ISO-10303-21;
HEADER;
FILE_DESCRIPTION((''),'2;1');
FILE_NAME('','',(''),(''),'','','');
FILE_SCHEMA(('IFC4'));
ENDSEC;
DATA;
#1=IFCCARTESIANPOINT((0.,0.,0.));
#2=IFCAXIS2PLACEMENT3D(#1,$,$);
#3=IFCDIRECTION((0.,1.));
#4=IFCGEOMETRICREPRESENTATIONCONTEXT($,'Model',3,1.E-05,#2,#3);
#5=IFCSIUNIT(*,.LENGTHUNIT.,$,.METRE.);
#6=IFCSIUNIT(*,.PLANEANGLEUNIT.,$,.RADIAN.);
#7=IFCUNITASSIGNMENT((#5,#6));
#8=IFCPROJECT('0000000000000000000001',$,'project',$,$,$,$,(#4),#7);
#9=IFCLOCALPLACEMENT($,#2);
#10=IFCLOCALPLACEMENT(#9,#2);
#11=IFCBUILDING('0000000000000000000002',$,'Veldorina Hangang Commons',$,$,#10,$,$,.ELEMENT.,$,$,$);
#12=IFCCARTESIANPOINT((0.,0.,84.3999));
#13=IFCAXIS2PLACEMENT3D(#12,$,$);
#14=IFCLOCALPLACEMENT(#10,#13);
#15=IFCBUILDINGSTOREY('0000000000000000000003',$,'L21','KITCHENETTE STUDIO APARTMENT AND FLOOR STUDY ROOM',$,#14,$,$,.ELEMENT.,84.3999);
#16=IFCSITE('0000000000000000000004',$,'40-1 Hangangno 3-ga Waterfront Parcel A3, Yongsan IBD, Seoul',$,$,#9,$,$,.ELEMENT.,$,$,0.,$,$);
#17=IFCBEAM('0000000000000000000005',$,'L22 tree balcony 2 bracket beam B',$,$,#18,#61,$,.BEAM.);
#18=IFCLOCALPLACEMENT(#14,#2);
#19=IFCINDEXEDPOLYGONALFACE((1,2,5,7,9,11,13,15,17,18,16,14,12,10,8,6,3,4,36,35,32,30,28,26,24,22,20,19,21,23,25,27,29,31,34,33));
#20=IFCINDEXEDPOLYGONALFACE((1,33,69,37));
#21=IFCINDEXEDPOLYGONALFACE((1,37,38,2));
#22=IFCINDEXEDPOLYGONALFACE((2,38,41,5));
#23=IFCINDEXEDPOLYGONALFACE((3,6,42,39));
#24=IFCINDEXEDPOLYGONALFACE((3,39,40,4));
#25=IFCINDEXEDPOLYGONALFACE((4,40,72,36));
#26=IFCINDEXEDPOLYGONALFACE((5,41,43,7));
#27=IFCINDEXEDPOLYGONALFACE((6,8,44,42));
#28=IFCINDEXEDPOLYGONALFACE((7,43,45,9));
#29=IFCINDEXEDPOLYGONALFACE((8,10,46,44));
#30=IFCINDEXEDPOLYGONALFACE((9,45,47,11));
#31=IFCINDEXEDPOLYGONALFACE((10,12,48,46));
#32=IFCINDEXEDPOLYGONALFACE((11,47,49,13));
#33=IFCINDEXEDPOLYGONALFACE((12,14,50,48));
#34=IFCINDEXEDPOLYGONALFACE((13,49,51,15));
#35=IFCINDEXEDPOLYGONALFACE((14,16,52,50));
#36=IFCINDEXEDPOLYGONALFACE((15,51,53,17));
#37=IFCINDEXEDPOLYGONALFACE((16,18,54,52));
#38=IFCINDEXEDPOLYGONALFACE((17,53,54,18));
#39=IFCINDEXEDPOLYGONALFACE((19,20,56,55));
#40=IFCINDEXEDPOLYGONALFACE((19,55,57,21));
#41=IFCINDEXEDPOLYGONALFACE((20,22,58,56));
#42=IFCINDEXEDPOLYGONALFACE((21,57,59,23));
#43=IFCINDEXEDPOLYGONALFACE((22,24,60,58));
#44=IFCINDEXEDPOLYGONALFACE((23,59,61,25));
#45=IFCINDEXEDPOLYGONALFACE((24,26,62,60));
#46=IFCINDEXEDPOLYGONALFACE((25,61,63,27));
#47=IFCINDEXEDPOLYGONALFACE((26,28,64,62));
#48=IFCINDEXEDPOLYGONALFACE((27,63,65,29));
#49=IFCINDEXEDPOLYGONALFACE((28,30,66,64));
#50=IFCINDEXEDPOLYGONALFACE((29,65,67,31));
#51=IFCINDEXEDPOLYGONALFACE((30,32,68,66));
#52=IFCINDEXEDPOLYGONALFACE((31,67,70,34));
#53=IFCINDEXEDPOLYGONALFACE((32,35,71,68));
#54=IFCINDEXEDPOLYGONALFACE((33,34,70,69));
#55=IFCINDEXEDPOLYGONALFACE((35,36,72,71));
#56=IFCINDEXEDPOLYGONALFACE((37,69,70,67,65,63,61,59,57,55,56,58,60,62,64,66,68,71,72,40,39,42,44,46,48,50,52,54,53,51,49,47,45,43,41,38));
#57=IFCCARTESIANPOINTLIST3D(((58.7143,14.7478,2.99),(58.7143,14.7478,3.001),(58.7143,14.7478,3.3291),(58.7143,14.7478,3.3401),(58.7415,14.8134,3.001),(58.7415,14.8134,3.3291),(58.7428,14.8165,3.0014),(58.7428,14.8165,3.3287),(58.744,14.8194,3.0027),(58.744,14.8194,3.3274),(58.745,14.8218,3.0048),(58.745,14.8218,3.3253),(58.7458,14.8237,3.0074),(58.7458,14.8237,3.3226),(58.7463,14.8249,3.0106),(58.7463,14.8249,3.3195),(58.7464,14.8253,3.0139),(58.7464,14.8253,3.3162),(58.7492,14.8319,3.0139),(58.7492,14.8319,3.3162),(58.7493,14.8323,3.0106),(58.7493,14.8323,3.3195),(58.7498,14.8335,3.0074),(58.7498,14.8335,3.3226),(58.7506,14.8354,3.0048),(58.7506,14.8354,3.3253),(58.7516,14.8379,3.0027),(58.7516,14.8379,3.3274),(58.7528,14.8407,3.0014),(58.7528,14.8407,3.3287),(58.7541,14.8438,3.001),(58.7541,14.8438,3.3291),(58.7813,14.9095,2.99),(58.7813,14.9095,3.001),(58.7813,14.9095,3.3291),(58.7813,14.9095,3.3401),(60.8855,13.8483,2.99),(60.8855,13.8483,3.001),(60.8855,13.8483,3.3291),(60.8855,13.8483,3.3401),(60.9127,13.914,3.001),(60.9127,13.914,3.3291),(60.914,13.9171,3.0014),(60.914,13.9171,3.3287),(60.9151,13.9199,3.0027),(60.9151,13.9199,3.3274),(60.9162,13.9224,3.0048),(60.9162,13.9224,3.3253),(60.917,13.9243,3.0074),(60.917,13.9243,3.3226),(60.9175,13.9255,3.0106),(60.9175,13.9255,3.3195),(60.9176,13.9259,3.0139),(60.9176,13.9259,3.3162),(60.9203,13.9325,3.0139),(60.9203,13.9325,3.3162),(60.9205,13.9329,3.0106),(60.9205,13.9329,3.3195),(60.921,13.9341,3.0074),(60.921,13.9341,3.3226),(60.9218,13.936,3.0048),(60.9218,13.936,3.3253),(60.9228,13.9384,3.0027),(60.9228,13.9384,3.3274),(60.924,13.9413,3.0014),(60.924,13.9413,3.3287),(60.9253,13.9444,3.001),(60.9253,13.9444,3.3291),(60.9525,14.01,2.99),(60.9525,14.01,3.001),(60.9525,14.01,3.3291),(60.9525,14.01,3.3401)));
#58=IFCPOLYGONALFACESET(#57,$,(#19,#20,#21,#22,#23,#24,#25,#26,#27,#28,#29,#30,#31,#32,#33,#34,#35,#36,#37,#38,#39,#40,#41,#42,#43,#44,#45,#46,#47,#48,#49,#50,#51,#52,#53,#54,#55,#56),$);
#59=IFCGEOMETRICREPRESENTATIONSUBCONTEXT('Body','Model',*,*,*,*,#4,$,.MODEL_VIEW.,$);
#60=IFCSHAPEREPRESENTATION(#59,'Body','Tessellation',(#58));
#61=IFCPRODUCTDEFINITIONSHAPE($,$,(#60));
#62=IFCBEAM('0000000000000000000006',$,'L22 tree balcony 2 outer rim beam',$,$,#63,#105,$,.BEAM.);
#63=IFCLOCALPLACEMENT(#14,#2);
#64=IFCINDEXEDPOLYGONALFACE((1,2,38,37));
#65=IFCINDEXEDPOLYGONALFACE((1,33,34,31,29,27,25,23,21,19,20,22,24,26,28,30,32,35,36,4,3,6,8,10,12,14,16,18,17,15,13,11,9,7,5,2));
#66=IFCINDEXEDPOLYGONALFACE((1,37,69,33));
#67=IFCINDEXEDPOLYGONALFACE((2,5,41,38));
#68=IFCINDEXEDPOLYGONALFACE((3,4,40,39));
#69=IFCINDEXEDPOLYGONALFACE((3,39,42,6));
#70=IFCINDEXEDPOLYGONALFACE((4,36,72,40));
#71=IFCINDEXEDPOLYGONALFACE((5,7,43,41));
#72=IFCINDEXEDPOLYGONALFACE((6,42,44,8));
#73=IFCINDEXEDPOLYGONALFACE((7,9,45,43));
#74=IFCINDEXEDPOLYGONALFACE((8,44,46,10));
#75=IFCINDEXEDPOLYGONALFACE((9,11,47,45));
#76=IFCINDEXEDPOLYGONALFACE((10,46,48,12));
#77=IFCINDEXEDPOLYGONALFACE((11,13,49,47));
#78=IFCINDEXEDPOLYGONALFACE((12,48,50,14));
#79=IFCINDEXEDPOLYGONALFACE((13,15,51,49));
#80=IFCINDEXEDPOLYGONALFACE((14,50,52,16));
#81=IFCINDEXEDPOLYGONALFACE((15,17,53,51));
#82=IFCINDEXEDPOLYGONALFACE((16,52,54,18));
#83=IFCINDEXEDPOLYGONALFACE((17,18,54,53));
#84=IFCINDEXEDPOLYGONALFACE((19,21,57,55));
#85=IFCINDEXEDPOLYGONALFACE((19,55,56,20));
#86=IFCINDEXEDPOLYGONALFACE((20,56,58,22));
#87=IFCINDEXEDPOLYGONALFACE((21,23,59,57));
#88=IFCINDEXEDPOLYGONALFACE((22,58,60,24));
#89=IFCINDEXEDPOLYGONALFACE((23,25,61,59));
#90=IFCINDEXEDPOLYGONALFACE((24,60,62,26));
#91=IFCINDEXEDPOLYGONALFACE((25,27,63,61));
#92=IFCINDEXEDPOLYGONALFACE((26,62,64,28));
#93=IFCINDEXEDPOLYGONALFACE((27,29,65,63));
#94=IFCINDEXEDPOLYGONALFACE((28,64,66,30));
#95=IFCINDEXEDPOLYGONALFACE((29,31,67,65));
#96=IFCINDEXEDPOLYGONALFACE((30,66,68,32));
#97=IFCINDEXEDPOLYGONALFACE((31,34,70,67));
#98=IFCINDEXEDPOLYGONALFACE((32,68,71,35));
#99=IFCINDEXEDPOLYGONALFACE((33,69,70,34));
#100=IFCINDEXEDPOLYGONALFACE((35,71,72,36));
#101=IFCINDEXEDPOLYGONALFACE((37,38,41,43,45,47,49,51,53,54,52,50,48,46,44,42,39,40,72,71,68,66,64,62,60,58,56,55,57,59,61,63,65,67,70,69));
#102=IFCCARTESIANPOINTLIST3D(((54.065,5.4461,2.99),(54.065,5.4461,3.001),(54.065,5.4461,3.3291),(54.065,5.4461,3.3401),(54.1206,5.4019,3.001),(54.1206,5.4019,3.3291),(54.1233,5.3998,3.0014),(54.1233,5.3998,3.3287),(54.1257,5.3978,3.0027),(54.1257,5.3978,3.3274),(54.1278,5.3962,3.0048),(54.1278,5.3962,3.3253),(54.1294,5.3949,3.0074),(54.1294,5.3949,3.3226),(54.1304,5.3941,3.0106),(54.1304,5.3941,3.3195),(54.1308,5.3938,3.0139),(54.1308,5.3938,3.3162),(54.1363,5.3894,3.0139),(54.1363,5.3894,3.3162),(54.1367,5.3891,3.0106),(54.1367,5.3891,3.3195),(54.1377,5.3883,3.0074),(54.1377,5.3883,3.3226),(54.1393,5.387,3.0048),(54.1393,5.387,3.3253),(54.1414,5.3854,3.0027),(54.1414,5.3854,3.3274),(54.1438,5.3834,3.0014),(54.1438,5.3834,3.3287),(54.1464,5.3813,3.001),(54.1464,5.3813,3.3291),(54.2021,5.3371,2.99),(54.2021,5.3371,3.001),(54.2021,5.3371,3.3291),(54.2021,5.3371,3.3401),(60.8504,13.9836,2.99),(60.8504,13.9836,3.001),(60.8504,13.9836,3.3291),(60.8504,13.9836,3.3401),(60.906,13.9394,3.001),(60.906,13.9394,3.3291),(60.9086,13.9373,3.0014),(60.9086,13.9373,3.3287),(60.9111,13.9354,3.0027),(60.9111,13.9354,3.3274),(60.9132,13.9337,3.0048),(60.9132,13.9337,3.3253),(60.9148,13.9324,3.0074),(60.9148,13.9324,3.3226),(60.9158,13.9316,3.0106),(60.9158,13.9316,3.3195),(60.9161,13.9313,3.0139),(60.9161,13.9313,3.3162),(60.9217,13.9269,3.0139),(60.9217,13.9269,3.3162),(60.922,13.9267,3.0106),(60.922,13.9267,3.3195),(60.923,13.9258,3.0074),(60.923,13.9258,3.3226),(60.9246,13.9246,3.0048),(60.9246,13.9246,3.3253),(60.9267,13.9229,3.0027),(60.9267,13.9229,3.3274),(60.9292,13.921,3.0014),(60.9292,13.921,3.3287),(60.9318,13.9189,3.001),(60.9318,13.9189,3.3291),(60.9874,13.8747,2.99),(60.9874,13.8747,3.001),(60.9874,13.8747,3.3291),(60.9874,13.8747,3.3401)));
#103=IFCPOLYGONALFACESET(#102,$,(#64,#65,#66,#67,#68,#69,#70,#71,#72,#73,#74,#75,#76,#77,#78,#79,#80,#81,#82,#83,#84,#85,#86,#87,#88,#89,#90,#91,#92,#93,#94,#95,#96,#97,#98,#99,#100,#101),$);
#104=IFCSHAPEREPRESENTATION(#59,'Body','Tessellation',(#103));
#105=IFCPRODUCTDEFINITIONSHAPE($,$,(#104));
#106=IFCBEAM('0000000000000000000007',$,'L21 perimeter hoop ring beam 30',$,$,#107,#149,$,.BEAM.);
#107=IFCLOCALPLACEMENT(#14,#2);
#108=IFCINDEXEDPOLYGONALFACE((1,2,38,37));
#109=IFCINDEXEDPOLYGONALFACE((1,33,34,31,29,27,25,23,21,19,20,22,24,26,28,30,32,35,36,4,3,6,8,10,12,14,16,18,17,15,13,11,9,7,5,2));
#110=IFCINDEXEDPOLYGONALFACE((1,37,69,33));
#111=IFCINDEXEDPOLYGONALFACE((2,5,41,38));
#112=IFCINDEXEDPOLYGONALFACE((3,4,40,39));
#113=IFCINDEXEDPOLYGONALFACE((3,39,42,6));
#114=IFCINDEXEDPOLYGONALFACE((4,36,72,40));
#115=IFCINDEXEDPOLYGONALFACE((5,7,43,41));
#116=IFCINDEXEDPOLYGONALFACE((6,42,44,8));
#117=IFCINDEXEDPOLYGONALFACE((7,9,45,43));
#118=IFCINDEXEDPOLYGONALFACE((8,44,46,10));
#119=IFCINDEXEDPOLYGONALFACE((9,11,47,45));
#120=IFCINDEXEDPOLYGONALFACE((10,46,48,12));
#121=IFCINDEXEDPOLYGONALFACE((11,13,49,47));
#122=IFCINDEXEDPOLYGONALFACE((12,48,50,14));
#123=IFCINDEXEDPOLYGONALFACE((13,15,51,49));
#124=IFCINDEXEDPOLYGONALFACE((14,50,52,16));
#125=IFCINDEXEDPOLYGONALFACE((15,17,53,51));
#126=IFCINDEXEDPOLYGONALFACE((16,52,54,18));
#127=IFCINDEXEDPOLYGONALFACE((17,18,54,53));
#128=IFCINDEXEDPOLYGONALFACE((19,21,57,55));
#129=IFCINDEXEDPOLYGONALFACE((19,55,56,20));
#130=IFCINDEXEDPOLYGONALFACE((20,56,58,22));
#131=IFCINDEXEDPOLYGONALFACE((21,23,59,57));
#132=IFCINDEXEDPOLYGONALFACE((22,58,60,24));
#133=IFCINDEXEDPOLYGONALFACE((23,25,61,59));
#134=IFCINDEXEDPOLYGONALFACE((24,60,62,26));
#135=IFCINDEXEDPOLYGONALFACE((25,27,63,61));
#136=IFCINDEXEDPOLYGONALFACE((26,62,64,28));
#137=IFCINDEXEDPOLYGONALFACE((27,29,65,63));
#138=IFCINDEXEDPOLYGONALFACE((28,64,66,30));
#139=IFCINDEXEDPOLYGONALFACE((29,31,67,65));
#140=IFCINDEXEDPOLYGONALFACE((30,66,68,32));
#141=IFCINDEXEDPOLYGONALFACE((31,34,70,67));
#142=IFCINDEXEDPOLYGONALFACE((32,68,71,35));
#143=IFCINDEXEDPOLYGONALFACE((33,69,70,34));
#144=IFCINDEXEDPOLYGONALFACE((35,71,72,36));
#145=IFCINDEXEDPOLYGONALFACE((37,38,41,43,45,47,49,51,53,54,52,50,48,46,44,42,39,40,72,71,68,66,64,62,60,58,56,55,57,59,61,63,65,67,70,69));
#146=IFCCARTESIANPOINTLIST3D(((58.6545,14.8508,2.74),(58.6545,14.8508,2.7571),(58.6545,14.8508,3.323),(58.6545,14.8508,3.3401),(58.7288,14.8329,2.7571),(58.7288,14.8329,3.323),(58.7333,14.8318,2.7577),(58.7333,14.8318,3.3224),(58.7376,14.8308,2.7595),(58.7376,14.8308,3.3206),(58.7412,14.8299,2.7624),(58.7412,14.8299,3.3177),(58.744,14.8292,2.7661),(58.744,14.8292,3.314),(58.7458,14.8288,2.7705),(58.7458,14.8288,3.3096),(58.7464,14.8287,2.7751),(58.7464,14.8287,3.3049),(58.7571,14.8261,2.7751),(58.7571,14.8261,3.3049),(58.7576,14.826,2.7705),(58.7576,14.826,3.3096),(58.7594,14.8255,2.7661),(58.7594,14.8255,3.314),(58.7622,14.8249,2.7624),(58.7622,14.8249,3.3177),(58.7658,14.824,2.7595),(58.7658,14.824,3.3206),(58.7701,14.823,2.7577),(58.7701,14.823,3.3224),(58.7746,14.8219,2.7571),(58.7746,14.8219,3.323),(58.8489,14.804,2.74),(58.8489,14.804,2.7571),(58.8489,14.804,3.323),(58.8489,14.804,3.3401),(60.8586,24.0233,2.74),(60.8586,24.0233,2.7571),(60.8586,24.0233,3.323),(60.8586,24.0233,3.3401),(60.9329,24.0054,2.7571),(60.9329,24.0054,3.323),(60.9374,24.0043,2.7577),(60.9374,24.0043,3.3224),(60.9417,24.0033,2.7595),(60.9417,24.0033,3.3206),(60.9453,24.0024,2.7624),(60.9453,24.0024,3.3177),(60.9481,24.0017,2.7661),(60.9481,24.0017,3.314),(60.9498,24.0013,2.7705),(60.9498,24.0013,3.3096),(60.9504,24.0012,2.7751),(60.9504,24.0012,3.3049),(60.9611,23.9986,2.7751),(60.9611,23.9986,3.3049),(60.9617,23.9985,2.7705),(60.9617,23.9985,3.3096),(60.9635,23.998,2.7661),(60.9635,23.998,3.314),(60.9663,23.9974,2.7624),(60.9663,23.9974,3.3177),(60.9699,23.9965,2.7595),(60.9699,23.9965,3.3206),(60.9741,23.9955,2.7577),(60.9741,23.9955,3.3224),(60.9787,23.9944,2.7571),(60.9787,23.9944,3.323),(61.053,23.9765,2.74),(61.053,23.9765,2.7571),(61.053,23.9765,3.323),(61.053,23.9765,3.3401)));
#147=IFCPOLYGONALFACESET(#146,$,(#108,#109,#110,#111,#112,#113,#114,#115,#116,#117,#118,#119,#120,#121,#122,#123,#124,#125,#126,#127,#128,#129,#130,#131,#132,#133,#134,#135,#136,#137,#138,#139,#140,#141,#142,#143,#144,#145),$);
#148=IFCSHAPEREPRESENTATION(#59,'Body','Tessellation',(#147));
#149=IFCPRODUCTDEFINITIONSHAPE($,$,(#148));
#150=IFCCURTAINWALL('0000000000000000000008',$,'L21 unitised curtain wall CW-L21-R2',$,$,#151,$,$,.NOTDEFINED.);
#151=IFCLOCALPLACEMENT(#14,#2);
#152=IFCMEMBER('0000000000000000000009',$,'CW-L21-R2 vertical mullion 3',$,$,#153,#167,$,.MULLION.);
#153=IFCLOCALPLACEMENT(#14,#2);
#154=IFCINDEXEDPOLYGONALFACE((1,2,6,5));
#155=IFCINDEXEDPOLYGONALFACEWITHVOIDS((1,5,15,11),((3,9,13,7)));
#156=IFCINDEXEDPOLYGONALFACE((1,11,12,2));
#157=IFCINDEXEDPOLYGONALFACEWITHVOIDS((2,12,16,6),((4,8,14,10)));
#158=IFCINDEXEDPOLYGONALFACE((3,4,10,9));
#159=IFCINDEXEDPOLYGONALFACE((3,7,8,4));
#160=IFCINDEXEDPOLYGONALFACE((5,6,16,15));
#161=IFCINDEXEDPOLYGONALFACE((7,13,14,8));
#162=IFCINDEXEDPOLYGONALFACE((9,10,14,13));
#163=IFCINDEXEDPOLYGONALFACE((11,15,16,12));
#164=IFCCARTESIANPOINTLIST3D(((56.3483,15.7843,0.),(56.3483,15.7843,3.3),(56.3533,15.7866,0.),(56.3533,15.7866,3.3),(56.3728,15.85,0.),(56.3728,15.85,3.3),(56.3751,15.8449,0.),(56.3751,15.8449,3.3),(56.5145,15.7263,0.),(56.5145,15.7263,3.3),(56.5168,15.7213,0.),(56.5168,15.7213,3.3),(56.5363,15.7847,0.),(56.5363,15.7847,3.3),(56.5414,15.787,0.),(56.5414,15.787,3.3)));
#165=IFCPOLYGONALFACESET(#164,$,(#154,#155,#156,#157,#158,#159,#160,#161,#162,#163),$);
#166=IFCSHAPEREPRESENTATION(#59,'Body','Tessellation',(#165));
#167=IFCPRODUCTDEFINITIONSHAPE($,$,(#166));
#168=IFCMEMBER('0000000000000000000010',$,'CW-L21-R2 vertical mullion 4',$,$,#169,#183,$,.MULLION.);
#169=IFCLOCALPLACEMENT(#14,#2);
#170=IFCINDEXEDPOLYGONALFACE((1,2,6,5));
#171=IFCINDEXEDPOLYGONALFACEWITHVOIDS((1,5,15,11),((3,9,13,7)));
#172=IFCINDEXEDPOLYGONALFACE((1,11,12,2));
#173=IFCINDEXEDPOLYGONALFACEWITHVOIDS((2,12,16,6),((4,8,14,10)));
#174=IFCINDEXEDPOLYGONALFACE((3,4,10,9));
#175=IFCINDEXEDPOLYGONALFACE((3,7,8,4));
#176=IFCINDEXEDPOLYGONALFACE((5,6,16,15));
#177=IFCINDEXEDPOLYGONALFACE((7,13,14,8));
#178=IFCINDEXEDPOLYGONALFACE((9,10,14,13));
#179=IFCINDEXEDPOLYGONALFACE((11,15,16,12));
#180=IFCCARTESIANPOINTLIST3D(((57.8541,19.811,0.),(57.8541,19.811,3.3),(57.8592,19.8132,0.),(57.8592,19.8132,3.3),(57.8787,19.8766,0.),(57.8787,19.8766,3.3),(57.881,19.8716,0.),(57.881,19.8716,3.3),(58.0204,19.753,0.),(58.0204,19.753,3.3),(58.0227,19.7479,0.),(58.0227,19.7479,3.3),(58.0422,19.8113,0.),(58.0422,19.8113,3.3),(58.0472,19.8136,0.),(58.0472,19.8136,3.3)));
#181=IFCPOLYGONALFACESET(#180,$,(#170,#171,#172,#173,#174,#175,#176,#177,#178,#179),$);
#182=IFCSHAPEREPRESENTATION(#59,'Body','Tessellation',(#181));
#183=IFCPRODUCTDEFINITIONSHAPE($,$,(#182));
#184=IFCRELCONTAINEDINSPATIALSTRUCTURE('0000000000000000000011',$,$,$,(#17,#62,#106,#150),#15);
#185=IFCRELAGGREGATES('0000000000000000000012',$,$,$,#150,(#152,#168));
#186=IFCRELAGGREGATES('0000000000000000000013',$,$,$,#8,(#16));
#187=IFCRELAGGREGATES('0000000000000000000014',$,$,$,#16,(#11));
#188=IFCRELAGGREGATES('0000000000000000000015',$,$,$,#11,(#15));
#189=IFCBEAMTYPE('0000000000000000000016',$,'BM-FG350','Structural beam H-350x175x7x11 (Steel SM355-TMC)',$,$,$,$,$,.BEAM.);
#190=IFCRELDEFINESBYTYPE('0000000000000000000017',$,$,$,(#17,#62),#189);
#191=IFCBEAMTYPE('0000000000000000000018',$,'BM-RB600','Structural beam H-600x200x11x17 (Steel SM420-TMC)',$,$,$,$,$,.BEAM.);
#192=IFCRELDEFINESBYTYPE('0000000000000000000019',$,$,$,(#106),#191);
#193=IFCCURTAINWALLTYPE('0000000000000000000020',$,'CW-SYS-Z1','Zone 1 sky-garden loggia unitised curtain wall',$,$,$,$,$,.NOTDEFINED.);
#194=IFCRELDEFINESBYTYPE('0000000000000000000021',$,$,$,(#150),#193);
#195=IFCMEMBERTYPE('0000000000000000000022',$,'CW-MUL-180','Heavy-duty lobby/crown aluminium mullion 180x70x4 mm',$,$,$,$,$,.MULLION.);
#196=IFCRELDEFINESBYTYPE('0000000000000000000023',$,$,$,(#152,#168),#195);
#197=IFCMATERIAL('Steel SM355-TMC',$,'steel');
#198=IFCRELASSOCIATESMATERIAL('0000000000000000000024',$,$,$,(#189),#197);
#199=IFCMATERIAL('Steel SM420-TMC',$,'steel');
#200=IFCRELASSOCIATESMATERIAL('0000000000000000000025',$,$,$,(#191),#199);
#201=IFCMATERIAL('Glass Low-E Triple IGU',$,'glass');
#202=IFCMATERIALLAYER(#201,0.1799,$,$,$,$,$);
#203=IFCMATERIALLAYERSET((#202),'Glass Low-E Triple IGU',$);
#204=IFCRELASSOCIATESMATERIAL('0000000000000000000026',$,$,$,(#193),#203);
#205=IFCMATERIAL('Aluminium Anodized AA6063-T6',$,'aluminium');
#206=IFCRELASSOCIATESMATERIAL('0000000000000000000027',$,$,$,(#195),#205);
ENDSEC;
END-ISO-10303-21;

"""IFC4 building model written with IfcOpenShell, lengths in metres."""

from ifc_helpers import new_model, si_unit, direction, frame, origin, origin_2d, place, context, subcontext, project, spatial, hollow_rectangle, i_section, extrude, material, layer, layer_set, material_profile, profile_set, type_object, element, aggregate, save


model = new_model("IFC4")

# Units and contexts
model_context = context("Model", 3, precision=1e-05, world=origin(), true_north=direction((0.0, 1.0)))
body_context = subcontext(model_context, "Body", "Model", "MODEL_VIEW")
ifc_project = project(units=[si_unit("LENGTHUNIT", "METRE"), si_unit("PLANEANGLEUNIT", "RADIAN")], contexts=[model_context])

# Site, building, storey
site_placement = place(None, origin())
site = spatial("IfcSite", under=ifc_project, at=site_placement, Name="40-1 Hangangno 3-ga Waterfront Parcel A3, Yongsan IBD, Seoul", CompositionType="ELEMENT", RefElevation=0.0)
building_placement = place(site_placement, origin())
building = spatial("IfcBuilding", under=site, at=building_placement, Name="Veldorina Hangang Commons", CompositionType="ELEMENT")
storey_placement = place(building_placement, frame((0.0, 0.0, 84.3999)))
storey = spatial("IfcBuildingStorey", under=building, at=storey_placement, Name="L21", Description="KITCHENETTE STUDIO APARTMENT AND FLOOR STUDY ROOM", CompositionType="ELEMENT", Elevation=84.3999)

# Beams
ifc_material_1 = material(Name="Steel SM355-TMC", Category="steel")
ifc_material_profile_1 = material_profile(ifc_material_1, i_section(OverallWidth=0.175, OverallDepth=0.3501, WebThickness=0.0071, FlangeThickness=0.011, FilletRadius=0.0129, at=origin_2d()), Name="H-350x175x7x11")
ifc_profile_set_1 = profile_set([ifc_material_profile_1], Name="Steel SM355-TMC")
beam_type_1 = type_object("IfcBeamType", Name="BM-FG350", Description="Structural beam H-350x175x7x11 (Steel SM355-TMC)", PredefinedType="BEAM", material=ifc_profile_set_1)
beam_1_placement = place(storey_placement, frame((58.7478, 14.8286, 3.165), z_axis=(0.923865, -0.382719, 0.0), x_axis=(0.382719, 0.923865, 0.0)))
element("IfcBeam", 1, at=beam_1_placement, inside=storey, type_object=beam_type_1, Name="L22 tree balcony 2 bracket beam B", PredefinedType="BEAM", context=body_context, shape_type="SweptSolid", body=[
    extrude(i_section(OverallWidth=0.175, OverallDepth=0.3501, WebThickness=0.0071, FlangeThickness=0.011, FilletRadius=0.0129, at=origin_2d()), origin(), (0.0, 0.0, 1.0), 2.3501),
])
beam_2_placement = place(storey_placement, frame((54.1335, 5.3916, 3.165), z_axis=(0.622194, 0.782863, 0.0), x_axis=(-0.782863, 0.622194, 0.0)))
element("IfcBeam", 2, at=beam_2_placement, inside=storey, type_object=beam_type_1, Name="L22 tree balcony 2 outer rim beam", PredefinedType="BEAM", context=body_context, shape_type="SweptSolid", body=[
    extrude(i_section(OverallWidth=0.175, OverallDepth=0.3501, WebThickness=0.0071, FlangeThickness=0.011, FilletRadius=0.0129, at=origin_2d()), origin(), (0.0, 0.0, 1.0), 10.9055),
])
ifc_material_2 = material(Name="Steel SM420-TMC", Category="steel")
ifc_material_profile_2 = material_profile(ifc_material_2, i_section(OverallWidth=0.2, OverallDepth=0.6001, WebThickness=0.011, FlangeThickness=0.0171, FilletRadius=0.0181, at=origin_2d()), Name="H-600x200x11x17")
ifc_profile_set_2 = profile_set([ifc_material_profile_2], Name="Steel SM420-TMC")
beam_type_2 = type_object("IfcBeamType", Name="BM-RB600", Description="Structural beam H-600x200x11x17 (Steel SM420-TMC)", PredefinedType="BEAM", material=ifc_profile_set_2)
beam_3_placement = place(storey_placement, frame((58.7517, 14.8274, 3.04), z_axis=(0.233641, 0.972323, 0.0), x_axis=(-0.972323, 0.233641, 0.0)))
element("IfcBeam", 3, at=beam_3_placement, inside=storey, type_object=beam_type_2, Name="L21 perimeter hoop ring beam 30", PredefinedType="BEAM", context=body_context, shape_type="SweptSolid", body=[
    extrude(i_section(OverallWidth=0.2, OverallDepth=0.6001, WebThickness=0.011, FlangeThickness=0.0171, FilletRadius=0.0181, at=origin_2d()), origin(), (0.0, 0.0, 1.0), 9.4336),
])

# Curtain wall, members
ifc_material_3 = material(Name="Glass Low-E Triple IGU", Category="glass")
ifc_layer_1 = layer(ifc_material_3, 0.1799)
ifc_layer_set_1 = layer_set([ifc_layer_1], Name="Glass Low-E Triple IGU")
curtain_wall_type = type_object("IfcCurtainWallType", Name="CW-SYS-Z1", Description="Zone 1 sky-garden loggia unitised curtain wall", PredefinedType="NOTDEFINED", material=ifc_layer_set_1)
curtain_wall_placement = place(storey_placement, origin())
curtain_wall = element("IfcCurtainWall", 4, at=curtain_wall_placement, inside=storey, type_object=curtain_wall_type, Name="L21 unitised curtain wall CW-L21-R2", PredefinedType="NOTDEFINED")
ifc_material_4 = material(Name="Aluminium Anodized AA6063-T6", Category="aluminium")
ifc_material_profile_3 = material_profile(ifc_material_4, hollow_rectangle(XDim=0.0701, YDim=0.1799, WallThickness=0.0039, at=origin_2d()), Name="ALU-RHS-180x70x4")
ifc_profile_set_3 = profile_set([ifc_material_profile_3], Name="Aluminium Anodized AA6063-T6")
member_type_1 = type_object("IfcMemberType", Name="CW-MUL-180", Description="Heavy-duty lobby/crown aluminium mullion 180x70x4 mm", PredefinedType="MULLION", material=ifc_profile_set_3)
member_1_placement = place(storey_placement, frame((56.4448, 15.7856, 0.0), z_axis=(0.0, 0.0, 1.0), x_axis=(0.35024, 0.93666, 0.0)))
member_1 = element("IfcMember", 5, at=member_1_placement, type_object=member_type_1, Name="CW-L21-R2 vertical mullion 3", PredefinedType="MULLION", context=body_context, shape_type="SweptSolid", body=[
    extrude(hollow_rectangle(XDim=0.0701, YDim=0.1799, WallThickness=0.0039, at=origin_2d()), origin(), (0.0, 0.0, 1.0), 3.3),
])
member_2_placement = place(storey_placement, frame((57.9507, 19.8123, 0.0), z_axis=(0.0, 0.0, 1.0), x_axis=(-0.35024, -0.93666, 0.0)))
member_2 = element("IfcMember", 6, at=member_2_placement, type_object=member_type_1, Name="CW-L21-R2 vertical mullion 4", PredefinedType="MULLION", context=body_context, shape_type="SweptSolid", body=[
    extrude(hollow_rectangle(XDim=0.0701, YDim=0.1799, WallThickness=0.0039, at=origin_2d()), origin(), (0.0, 0.0, 1.0), 3.3),
])

aggregate(curtain_wall, [member_1, member_2])

save(model, "model.ifc")
